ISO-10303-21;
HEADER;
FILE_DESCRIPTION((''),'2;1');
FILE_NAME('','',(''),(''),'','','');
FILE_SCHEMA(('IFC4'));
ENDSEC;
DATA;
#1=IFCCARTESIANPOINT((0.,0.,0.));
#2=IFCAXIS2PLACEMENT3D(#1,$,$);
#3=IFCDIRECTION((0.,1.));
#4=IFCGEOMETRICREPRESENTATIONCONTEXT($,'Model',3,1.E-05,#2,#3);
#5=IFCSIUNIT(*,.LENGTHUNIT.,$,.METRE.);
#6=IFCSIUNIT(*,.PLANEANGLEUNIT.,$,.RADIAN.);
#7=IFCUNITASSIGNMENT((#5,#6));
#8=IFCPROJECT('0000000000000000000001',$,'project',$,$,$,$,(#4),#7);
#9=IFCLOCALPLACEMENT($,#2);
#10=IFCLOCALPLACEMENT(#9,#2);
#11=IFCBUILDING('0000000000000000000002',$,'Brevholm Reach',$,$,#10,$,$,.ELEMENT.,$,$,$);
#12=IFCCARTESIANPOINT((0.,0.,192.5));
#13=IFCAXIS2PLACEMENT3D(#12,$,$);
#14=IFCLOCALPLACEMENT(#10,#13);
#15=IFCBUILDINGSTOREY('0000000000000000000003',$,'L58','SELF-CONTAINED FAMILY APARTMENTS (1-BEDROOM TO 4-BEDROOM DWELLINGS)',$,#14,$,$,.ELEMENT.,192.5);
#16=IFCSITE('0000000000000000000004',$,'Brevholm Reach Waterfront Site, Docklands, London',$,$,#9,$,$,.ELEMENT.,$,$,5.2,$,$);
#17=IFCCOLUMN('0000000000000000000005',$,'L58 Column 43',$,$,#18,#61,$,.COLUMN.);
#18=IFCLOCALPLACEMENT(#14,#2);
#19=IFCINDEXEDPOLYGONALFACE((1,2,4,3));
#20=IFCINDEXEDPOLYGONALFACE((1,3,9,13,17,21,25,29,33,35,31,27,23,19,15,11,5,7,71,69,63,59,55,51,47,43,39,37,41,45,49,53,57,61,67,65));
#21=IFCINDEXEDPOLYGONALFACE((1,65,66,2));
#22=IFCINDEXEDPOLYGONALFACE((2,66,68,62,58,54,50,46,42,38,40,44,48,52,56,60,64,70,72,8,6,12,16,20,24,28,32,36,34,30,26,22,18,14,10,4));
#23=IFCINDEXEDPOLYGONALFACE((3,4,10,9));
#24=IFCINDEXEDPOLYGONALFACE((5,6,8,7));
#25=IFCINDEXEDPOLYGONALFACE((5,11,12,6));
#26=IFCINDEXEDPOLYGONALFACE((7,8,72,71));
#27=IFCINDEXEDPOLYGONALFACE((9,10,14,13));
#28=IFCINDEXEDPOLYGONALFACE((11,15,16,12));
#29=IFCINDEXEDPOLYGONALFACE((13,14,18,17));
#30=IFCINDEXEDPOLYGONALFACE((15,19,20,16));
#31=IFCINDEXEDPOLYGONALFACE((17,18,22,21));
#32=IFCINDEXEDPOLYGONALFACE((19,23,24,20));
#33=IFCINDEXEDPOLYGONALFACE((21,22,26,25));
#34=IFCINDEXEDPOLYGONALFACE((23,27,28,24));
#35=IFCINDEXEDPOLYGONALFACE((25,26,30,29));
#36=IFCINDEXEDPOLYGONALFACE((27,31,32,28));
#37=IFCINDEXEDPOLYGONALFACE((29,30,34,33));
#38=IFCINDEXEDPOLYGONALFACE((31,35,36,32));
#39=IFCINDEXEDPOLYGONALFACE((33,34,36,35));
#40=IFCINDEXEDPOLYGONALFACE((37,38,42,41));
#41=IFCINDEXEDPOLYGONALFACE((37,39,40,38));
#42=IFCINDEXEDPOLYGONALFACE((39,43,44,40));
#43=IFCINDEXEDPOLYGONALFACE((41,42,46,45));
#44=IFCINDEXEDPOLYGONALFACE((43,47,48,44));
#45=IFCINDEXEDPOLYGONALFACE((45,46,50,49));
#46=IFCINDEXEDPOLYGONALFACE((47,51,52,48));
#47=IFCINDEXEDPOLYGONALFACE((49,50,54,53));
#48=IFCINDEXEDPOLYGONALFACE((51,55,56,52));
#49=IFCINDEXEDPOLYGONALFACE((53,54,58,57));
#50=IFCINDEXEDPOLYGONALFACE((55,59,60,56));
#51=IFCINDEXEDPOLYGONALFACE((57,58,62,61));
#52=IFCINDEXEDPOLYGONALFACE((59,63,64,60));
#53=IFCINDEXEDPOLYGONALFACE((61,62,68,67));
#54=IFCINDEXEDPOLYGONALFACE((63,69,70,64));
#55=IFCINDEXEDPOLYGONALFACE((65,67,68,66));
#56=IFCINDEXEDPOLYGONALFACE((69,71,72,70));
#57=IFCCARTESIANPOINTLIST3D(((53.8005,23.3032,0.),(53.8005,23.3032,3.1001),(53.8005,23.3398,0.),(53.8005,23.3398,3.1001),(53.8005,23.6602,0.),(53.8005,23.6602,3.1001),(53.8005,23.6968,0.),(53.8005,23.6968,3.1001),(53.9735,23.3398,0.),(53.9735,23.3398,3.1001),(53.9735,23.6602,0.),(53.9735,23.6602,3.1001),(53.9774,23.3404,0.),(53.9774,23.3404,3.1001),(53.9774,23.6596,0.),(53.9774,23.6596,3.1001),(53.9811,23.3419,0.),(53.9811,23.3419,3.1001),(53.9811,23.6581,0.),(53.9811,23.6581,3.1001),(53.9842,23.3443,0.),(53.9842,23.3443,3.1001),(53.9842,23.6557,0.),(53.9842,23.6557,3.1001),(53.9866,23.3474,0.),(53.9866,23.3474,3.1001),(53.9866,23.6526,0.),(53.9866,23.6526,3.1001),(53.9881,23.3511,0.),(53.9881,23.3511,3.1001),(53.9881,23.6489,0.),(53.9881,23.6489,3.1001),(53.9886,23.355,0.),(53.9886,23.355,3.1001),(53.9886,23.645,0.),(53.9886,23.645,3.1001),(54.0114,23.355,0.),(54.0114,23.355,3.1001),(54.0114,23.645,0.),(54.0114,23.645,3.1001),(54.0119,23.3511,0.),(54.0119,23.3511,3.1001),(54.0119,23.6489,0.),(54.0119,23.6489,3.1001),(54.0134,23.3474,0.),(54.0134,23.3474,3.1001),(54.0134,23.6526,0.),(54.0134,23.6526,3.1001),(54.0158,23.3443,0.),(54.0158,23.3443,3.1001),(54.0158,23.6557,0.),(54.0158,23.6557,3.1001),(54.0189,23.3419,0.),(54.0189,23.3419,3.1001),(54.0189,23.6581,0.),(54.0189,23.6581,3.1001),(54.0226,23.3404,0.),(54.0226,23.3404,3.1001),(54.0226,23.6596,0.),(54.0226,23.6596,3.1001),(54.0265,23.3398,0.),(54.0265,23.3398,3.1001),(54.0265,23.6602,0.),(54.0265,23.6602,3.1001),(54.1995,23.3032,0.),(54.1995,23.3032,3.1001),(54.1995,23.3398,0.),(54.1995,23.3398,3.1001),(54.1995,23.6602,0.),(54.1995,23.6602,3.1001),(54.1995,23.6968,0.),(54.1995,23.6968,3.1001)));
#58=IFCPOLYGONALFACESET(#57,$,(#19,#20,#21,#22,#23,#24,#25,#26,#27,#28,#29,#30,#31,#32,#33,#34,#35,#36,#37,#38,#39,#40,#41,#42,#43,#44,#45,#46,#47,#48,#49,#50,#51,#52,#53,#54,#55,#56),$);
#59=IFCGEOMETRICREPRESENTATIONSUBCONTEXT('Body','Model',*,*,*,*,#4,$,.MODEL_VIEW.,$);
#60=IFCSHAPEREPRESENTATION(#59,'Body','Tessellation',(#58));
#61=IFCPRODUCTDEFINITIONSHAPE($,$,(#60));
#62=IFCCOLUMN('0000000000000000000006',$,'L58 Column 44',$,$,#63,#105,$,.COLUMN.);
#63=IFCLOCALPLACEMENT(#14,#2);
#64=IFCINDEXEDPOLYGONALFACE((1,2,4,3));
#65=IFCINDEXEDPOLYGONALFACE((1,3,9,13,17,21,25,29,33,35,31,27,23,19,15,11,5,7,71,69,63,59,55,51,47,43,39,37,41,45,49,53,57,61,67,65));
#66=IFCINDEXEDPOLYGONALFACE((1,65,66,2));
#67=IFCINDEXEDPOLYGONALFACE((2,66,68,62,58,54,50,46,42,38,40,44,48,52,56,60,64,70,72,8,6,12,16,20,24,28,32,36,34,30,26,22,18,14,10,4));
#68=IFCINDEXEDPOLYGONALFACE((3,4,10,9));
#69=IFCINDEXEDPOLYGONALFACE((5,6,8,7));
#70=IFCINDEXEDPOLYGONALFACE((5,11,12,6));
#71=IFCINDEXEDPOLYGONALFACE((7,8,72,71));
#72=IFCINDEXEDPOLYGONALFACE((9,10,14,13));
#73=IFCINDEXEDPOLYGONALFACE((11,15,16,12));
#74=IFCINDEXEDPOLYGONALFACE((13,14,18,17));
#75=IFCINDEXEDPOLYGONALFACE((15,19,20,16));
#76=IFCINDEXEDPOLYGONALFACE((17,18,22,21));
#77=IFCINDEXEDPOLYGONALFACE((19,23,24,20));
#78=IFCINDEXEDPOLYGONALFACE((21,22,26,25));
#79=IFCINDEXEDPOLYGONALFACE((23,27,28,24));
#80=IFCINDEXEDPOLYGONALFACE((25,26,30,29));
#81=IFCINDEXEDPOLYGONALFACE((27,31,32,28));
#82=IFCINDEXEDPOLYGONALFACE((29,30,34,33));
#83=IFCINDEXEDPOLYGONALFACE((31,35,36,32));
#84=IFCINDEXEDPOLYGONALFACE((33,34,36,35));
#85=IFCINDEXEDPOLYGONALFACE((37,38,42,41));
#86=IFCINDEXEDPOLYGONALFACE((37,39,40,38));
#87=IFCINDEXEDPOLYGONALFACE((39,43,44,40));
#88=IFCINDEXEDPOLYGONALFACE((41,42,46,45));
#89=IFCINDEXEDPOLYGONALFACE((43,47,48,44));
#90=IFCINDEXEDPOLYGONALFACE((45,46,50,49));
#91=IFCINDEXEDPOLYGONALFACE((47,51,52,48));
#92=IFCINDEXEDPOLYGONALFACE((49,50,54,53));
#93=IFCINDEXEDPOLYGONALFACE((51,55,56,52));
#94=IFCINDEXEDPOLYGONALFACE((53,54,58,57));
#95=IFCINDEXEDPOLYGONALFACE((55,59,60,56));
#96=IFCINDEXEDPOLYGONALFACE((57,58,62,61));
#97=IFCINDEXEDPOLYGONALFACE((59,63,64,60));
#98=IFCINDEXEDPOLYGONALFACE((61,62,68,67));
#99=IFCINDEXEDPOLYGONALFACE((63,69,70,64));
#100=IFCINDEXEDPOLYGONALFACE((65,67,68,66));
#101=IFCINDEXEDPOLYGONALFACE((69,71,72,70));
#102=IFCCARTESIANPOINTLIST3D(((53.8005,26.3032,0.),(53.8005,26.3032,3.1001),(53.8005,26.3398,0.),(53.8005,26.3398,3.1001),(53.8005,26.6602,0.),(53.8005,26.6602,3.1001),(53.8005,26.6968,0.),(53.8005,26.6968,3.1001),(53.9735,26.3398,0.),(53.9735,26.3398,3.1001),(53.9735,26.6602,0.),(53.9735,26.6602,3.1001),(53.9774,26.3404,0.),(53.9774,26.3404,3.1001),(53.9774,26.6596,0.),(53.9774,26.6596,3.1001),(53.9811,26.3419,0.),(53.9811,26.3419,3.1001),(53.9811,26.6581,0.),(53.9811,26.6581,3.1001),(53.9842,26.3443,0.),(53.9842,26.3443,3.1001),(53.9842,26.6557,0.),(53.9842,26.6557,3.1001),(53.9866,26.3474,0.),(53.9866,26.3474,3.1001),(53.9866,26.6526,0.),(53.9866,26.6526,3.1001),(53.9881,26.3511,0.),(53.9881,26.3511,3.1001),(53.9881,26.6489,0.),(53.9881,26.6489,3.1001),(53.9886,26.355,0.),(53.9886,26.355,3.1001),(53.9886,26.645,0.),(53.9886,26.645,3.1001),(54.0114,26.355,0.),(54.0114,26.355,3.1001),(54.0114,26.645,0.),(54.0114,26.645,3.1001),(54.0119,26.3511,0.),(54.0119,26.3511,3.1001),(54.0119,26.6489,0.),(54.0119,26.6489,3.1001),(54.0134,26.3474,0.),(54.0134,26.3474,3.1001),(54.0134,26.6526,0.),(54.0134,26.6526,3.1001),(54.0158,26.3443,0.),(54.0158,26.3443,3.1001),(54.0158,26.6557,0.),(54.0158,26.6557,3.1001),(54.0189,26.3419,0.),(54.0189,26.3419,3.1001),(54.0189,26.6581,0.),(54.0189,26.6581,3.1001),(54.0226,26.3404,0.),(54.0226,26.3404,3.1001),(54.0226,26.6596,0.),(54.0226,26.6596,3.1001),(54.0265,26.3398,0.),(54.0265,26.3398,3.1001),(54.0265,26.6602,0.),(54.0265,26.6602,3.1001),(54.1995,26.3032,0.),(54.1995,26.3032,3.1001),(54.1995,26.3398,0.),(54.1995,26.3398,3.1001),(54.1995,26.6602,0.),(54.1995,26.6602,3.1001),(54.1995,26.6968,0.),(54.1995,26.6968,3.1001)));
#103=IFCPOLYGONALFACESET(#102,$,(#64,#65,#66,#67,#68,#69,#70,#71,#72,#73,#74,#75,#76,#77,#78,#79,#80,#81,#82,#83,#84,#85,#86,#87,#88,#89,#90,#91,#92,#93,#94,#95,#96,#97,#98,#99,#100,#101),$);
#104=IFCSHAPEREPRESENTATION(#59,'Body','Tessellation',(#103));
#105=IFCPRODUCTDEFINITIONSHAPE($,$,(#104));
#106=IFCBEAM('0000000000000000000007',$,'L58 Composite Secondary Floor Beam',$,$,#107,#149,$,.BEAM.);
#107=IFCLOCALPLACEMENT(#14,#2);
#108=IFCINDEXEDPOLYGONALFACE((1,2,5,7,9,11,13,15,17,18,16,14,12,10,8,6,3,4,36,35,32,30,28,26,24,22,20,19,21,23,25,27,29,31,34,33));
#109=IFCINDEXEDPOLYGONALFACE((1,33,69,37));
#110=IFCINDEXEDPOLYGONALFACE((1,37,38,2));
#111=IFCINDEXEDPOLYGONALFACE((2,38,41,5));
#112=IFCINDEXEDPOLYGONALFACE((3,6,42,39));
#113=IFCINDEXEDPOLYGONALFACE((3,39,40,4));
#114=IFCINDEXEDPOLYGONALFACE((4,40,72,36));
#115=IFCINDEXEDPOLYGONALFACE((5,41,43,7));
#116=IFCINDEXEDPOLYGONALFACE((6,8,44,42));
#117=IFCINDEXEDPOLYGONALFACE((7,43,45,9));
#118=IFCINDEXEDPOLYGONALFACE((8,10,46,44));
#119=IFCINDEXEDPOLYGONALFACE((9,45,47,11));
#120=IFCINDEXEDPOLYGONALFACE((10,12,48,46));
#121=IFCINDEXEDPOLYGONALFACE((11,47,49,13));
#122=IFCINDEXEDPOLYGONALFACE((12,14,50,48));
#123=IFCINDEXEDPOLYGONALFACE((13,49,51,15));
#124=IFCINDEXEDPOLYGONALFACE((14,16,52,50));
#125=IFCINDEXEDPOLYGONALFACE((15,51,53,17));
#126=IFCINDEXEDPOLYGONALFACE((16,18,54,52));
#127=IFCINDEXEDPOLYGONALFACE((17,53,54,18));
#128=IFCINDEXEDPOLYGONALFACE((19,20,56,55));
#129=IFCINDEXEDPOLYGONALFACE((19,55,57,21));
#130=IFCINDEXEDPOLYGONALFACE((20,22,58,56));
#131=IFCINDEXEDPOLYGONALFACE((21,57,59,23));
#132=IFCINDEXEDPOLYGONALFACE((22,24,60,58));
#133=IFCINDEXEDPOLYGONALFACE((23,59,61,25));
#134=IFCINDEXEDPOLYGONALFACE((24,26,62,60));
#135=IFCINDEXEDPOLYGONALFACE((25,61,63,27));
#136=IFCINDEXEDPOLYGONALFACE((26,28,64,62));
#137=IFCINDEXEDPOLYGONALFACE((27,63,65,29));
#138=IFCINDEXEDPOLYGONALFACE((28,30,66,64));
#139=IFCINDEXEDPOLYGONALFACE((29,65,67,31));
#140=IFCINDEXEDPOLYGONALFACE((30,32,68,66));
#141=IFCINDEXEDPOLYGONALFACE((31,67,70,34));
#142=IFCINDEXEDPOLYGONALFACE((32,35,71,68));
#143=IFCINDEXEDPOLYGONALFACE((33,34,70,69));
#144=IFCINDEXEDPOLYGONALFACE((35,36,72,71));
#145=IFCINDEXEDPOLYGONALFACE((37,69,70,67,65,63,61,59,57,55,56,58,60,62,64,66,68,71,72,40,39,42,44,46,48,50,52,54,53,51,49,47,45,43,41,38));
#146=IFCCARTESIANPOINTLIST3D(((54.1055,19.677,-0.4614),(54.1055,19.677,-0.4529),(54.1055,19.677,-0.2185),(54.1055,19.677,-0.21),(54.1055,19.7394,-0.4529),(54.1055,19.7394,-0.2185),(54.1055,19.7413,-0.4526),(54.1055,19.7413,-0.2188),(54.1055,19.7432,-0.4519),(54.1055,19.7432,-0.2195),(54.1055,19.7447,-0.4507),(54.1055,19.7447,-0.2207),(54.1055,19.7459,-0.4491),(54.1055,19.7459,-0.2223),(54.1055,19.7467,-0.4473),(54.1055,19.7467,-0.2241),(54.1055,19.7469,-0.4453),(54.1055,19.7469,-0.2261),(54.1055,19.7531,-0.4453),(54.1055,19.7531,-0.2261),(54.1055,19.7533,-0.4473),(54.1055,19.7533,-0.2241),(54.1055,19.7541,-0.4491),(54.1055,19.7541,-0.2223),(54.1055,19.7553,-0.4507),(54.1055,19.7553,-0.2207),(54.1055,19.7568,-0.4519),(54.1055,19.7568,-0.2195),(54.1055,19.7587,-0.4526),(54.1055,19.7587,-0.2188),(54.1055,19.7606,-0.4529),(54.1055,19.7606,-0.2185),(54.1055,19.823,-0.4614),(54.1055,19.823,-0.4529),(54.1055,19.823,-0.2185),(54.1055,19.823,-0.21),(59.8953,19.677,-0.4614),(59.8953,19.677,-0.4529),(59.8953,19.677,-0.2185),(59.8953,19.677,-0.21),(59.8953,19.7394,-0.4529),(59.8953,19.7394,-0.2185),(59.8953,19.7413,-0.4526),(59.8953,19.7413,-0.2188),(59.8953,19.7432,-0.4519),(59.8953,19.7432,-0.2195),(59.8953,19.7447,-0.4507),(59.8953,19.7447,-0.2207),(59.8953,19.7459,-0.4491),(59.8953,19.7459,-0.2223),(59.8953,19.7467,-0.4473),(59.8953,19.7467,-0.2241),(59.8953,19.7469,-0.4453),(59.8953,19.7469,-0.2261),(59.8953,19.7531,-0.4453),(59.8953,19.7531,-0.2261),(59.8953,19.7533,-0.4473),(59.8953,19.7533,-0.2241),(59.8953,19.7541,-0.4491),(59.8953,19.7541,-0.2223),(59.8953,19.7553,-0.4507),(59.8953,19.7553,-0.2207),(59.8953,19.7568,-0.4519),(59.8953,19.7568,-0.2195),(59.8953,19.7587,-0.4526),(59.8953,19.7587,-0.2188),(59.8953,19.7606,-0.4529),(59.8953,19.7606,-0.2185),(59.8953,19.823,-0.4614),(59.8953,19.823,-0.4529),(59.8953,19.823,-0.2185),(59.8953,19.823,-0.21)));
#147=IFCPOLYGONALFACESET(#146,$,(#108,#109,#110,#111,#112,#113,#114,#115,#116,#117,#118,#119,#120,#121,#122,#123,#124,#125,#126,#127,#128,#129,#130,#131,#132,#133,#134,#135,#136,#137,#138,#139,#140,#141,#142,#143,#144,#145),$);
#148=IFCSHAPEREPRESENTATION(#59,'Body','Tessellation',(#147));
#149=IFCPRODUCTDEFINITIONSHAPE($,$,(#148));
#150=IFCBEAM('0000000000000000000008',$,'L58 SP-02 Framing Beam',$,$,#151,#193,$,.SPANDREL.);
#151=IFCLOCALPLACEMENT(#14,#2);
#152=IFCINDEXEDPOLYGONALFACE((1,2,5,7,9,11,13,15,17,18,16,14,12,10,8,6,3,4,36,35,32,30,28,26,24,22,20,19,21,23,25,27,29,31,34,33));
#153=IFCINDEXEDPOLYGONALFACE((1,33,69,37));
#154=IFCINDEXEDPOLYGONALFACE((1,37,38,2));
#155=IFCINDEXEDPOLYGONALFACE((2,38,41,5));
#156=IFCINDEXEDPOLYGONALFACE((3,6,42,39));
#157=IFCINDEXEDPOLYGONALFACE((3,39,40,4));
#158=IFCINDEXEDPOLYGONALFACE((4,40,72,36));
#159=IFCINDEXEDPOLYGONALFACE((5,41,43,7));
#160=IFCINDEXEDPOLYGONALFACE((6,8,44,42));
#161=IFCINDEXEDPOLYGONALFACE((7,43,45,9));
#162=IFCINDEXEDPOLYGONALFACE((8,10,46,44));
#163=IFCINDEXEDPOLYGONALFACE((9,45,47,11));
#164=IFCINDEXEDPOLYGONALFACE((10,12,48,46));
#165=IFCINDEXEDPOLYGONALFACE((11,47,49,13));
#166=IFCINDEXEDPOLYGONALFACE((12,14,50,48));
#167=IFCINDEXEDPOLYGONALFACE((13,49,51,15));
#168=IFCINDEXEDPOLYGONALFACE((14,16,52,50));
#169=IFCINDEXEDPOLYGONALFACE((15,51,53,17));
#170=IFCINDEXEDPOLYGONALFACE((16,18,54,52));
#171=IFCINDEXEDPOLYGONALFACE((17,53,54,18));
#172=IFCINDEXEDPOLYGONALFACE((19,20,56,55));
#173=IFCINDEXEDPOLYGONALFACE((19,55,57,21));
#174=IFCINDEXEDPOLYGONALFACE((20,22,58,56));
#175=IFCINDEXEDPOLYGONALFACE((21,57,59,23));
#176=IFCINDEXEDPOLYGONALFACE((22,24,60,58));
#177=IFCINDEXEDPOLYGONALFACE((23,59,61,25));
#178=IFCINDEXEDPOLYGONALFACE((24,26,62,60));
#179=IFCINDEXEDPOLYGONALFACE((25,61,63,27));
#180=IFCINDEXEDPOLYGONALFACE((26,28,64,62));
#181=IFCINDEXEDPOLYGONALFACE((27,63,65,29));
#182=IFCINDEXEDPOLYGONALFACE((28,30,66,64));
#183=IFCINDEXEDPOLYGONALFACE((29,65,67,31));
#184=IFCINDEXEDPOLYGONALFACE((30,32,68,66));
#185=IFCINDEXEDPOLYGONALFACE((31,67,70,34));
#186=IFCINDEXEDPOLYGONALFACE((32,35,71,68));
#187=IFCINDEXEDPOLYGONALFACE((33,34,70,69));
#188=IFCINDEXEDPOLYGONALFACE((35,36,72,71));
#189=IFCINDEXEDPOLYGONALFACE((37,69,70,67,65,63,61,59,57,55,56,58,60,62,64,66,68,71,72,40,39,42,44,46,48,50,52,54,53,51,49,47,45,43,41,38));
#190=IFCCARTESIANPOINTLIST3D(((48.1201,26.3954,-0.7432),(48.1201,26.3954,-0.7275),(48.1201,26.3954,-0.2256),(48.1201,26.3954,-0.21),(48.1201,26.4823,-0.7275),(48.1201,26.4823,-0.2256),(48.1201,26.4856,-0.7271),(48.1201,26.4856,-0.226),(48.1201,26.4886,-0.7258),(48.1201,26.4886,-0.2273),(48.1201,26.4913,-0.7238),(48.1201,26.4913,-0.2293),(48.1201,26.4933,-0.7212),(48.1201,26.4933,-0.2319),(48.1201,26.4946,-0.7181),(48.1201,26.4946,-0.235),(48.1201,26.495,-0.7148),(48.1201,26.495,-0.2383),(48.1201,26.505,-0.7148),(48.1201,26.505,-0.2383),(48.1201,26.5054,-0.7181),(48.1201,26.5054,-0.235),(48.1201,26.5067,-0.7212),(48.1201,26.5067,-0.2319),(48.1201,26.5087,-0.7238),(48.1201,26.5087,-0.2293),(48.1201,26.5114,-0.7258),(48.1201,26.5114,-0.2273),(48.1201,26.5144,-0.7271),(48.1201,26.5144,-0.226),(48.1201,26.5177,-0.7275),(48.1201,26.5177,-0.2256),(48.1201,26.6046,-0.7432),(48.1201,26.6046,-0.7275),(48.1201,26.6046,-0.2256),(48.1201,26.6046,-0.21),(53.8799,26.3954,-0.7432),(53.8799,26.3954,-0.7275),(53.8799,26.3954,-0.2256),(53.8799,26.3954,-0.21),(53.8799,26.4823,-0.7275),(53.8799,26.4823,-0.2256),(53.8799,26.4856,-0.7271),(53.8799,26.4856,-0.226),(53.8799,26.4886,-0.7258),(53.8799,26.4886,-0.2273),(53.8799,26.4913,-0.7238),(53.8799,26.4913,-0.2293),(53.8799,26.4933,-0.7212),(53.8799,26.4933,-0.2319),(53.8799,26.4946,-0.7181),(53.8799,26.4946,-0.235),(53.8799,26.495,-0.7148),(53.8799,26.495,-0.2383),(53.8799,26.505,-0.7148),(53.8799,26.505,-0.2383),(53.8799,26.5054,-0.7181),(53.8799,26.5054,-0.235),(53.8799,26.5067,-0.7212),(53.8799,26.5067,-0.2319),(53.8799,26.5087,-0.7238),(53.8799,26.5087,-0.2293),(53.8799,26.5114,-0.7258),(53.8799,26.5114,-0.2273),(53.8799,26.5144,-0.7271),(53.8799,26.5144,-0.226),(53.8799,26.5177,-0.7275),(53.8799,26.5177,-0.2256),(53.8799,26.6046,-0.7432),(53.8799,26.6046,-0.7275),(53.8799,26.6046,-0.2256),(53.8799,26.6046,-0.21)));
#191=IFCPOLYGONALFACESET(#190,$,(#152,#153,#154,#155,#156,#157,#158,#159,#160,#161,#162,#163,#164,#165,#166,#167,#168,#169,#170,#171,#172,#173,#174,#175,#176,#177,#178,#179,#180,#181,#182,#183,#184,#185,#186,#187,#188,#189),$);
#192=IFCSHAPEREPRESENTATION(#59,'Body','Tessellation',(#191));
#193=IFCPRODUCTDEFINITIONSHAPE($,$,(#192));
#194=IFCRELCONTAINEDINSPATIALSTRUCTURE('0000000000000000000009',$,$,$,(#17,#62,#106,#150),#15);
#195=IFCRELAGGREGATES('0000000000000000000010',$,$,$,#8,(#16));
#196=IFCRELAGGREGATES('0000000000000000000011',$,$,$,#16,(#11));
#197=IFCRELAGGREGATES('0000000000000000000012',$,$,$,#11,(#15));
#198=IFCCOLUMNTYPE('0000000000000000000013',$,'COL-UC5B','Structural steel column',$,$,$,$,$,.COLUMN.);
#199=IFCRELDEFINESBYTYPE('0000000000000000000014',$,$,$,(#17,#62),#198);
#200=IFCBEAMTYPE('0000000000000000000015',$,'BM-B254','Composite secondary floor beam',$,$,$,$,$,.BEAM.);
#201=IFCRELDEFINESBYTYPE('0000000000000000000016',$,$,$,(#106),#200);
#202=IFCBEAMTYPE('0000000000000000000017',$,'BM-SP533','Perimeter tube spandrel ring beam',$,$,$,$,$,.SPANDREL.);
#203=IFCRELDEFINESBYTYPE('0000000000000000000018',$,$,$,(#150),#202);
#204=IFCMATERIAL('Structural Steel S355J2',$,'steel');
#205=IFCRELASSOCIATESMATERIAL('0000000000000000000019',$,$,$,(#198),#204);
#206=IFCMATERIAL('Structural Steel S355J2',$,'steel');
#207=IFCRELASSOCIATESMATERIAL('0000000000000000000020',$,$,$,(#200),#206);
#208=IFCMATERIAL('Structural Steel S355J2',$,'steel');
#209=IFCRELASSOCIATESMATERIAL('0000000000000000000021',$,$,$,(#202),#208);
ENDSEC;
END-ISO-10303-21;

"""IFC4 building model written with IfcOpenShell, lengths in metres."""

from ifc_helpers import new_model, si_unit, direction, frame, origin, origin_2d, place, context, subcontext, project, spatial, i_section, extrude, material, material_profile, profile_set, type_object, element, save


model = new_model("IFC4")

# Units and contexts
model_context = context("Model", 3, precision=1e-05, world=origin(), true_north=direction((0.0, 1.0)))
body_context = subcontext(model_context, "Body", "Model", "MODEL_VIEW")
ifc_project = project(units=[si_unit("LENGTHUNIT", "METRE"), si_unit("PLANEANGLEUNIT", "RADIAN")], contexts=[model_context])

# Site, building, storey
site_placement = place(None, origin())
site = spatial("IfcSite", under=ifc_project, at=site_placement, Name="Brevholm Reach Waterfront Site, Docklands, London", CompositionType="ELEMENT", RefElevation=5.2)
building_placement = place(site_placement, origin())
building = spatial("IfcBuilding", under=site, at=building_placement, Name="Brevholm Reach", CompositionType="ELEMENT")
storey_placement = place(building_placement, frame((0.0, 0.0, 192.5)))
storey = spatial("IfcBuildingStorey", under=building, at=storey_placement, Name="L58", Description="SELF-CONTAINED FAMILY APARTMENTS (1-BEDROOM TO 4-BEDROOM DWELLINGS)", CompositionType="ELEMENT", Elevation=192.5)

# Columns
ifc_material_1 = material(Name="Structural Steel S355J2", Category="steel")
ifc_material_profile_1 = material_profile(ifc_material_1, i_section(OverallWidth=0.3989, OverallDepth=0.3936, WebThickness=0.0227, FlangeThickness=0.0366, FilletRadius=0.0151, at=origin_2d()), Name="UKC 356x406x287")
ifc_profile_set_1 = profile_set([ifc_material_profile_1], Name="Structural Steel S355J2")
column_type = type_object("IfcColumnType", Name="COL-UC5B", Description="Structural steel column", PredefinedType="COLUMN", material=ifc_profile_set_1)
for number, where, z_axis, x_axis, name in (
    (1, (54.0, 23.5, 0.0), (0.0, 0.0, 1.0), (1.0, 0.0, 0.0), "L58 Column 43"),
    (2, (54.0, 26.5, 0.0), (0.0, 0.0, 1.0), (1.0, 0.0, 0.0), "L58 Column 44"),
):
    element("IfcColumn", number, at=place(storey_placement, frame(where, z_axis=z_axis, x_axis=x_axis)), inside=storey, type_object=column_type, Name=name, PredefinedType="COLUMN", context=body_context, shape_type="SweptSolid", body=[
        extrude(i_section(OverallWidth=0.3989, OverallDepth=0.3936, WebThickness=0.0227, FlangeThickness=0.0366, FilletRadius=0.0151, at=origin_2d()), origin(), (0.0, 0.0, 1.0), 3.1001),
    ])

# Beams
ifc_material_2 = material(Name="Structural Steel S355J2", Category="steel")
ifc_material_profile_2 = material_profile(ifc_material_2, i_section(OverallWidth=0.146, OverallDepth=0.2515, WebThickness=0.0061, FlangeThickness=0.0085, FilletRadius=0.0076, at=origin_2d()), Name="UKB 254x146x31")
ifc_profile_set_2 = profile_set([ifc_material_profile_2], Name="Structural Steel S355J2")
beam_type_1 = type_object("IfcBeamType", Name="BM-B254", Description="Composite secondary floor beam", PredefinedType="BEAM", material=ifc_profile_set_2)
beam_1_placement = place(storey_placement, frame((54.1055, 19.75, -0.3357), z_axis=(1.0, 0.0, 0.0), x_axis=(0.0, 1.0, 0.0)))
element("IfcBeam", 3, at=beam_1_placement, inside=storey, type_object=beam_type_1, Name="L58 Composite Secondary Floor Beam", PredefinedType="BEAM", context=body_context, shape_type="SweptSolid", body=[
    extrude(i_section(OverallWidth=0.146, OverallDepth=0.2515, WebThickness=0.0061, FlangeThickness=0.0085, FilletRadius=0.0076, at=origin_2d()), origin(), (0.0, 0.0, 1.0), 5.7898),
])
ifc_material_3 = material(Name="Structural Steel S355J2", Category="steel")
ifc_material_profile_3 = material_profile(ifc_material_3, i_section(OverallWidth=0.2092, OverallDepth=0.5332, WebThickness=0.01, FlangeThickness=0.0156, FilletRadius=0.0127, at=origin_2d()), Name="UKB 533x210x92")
ifc_profile_set_3 = profile_set([ifc_material_profile_3], Name="Structural Steel S355J2")
beam_type_2 = type_object("IfcBeamType", Name="BM-SP533", Description="Perimeter tube spandrel ring beam", PredefinedType="SPANDREL", material=ifc_profile_set_3)
beam_2_placement = place(storey_placement, frame((48.1201, 26.5, -0.4766), z_axis=(1.0, 0.0, 0.0), x_axis=(0.0, 1.0, 0.0)))
element("IfcBeam", 4, at=beam_2_placement, inside=storey, type_object=beam_type_2, Name="L58 SP-02 Framing Beam", PredefinedType="SPANDREL", context=body_context, shape_type="SweptSolid", body=[
    extrude(i_section(OverallWidth=0.2092, OverallDepth=0.5332, WebThickness=0.01, FlangeThickness=0.0156, FilletRadius=0.0127, at=origin_2d()), origin(), (0.0, 0.0, 1.0), 5.7598),
])

save(model, "model.ifc")
